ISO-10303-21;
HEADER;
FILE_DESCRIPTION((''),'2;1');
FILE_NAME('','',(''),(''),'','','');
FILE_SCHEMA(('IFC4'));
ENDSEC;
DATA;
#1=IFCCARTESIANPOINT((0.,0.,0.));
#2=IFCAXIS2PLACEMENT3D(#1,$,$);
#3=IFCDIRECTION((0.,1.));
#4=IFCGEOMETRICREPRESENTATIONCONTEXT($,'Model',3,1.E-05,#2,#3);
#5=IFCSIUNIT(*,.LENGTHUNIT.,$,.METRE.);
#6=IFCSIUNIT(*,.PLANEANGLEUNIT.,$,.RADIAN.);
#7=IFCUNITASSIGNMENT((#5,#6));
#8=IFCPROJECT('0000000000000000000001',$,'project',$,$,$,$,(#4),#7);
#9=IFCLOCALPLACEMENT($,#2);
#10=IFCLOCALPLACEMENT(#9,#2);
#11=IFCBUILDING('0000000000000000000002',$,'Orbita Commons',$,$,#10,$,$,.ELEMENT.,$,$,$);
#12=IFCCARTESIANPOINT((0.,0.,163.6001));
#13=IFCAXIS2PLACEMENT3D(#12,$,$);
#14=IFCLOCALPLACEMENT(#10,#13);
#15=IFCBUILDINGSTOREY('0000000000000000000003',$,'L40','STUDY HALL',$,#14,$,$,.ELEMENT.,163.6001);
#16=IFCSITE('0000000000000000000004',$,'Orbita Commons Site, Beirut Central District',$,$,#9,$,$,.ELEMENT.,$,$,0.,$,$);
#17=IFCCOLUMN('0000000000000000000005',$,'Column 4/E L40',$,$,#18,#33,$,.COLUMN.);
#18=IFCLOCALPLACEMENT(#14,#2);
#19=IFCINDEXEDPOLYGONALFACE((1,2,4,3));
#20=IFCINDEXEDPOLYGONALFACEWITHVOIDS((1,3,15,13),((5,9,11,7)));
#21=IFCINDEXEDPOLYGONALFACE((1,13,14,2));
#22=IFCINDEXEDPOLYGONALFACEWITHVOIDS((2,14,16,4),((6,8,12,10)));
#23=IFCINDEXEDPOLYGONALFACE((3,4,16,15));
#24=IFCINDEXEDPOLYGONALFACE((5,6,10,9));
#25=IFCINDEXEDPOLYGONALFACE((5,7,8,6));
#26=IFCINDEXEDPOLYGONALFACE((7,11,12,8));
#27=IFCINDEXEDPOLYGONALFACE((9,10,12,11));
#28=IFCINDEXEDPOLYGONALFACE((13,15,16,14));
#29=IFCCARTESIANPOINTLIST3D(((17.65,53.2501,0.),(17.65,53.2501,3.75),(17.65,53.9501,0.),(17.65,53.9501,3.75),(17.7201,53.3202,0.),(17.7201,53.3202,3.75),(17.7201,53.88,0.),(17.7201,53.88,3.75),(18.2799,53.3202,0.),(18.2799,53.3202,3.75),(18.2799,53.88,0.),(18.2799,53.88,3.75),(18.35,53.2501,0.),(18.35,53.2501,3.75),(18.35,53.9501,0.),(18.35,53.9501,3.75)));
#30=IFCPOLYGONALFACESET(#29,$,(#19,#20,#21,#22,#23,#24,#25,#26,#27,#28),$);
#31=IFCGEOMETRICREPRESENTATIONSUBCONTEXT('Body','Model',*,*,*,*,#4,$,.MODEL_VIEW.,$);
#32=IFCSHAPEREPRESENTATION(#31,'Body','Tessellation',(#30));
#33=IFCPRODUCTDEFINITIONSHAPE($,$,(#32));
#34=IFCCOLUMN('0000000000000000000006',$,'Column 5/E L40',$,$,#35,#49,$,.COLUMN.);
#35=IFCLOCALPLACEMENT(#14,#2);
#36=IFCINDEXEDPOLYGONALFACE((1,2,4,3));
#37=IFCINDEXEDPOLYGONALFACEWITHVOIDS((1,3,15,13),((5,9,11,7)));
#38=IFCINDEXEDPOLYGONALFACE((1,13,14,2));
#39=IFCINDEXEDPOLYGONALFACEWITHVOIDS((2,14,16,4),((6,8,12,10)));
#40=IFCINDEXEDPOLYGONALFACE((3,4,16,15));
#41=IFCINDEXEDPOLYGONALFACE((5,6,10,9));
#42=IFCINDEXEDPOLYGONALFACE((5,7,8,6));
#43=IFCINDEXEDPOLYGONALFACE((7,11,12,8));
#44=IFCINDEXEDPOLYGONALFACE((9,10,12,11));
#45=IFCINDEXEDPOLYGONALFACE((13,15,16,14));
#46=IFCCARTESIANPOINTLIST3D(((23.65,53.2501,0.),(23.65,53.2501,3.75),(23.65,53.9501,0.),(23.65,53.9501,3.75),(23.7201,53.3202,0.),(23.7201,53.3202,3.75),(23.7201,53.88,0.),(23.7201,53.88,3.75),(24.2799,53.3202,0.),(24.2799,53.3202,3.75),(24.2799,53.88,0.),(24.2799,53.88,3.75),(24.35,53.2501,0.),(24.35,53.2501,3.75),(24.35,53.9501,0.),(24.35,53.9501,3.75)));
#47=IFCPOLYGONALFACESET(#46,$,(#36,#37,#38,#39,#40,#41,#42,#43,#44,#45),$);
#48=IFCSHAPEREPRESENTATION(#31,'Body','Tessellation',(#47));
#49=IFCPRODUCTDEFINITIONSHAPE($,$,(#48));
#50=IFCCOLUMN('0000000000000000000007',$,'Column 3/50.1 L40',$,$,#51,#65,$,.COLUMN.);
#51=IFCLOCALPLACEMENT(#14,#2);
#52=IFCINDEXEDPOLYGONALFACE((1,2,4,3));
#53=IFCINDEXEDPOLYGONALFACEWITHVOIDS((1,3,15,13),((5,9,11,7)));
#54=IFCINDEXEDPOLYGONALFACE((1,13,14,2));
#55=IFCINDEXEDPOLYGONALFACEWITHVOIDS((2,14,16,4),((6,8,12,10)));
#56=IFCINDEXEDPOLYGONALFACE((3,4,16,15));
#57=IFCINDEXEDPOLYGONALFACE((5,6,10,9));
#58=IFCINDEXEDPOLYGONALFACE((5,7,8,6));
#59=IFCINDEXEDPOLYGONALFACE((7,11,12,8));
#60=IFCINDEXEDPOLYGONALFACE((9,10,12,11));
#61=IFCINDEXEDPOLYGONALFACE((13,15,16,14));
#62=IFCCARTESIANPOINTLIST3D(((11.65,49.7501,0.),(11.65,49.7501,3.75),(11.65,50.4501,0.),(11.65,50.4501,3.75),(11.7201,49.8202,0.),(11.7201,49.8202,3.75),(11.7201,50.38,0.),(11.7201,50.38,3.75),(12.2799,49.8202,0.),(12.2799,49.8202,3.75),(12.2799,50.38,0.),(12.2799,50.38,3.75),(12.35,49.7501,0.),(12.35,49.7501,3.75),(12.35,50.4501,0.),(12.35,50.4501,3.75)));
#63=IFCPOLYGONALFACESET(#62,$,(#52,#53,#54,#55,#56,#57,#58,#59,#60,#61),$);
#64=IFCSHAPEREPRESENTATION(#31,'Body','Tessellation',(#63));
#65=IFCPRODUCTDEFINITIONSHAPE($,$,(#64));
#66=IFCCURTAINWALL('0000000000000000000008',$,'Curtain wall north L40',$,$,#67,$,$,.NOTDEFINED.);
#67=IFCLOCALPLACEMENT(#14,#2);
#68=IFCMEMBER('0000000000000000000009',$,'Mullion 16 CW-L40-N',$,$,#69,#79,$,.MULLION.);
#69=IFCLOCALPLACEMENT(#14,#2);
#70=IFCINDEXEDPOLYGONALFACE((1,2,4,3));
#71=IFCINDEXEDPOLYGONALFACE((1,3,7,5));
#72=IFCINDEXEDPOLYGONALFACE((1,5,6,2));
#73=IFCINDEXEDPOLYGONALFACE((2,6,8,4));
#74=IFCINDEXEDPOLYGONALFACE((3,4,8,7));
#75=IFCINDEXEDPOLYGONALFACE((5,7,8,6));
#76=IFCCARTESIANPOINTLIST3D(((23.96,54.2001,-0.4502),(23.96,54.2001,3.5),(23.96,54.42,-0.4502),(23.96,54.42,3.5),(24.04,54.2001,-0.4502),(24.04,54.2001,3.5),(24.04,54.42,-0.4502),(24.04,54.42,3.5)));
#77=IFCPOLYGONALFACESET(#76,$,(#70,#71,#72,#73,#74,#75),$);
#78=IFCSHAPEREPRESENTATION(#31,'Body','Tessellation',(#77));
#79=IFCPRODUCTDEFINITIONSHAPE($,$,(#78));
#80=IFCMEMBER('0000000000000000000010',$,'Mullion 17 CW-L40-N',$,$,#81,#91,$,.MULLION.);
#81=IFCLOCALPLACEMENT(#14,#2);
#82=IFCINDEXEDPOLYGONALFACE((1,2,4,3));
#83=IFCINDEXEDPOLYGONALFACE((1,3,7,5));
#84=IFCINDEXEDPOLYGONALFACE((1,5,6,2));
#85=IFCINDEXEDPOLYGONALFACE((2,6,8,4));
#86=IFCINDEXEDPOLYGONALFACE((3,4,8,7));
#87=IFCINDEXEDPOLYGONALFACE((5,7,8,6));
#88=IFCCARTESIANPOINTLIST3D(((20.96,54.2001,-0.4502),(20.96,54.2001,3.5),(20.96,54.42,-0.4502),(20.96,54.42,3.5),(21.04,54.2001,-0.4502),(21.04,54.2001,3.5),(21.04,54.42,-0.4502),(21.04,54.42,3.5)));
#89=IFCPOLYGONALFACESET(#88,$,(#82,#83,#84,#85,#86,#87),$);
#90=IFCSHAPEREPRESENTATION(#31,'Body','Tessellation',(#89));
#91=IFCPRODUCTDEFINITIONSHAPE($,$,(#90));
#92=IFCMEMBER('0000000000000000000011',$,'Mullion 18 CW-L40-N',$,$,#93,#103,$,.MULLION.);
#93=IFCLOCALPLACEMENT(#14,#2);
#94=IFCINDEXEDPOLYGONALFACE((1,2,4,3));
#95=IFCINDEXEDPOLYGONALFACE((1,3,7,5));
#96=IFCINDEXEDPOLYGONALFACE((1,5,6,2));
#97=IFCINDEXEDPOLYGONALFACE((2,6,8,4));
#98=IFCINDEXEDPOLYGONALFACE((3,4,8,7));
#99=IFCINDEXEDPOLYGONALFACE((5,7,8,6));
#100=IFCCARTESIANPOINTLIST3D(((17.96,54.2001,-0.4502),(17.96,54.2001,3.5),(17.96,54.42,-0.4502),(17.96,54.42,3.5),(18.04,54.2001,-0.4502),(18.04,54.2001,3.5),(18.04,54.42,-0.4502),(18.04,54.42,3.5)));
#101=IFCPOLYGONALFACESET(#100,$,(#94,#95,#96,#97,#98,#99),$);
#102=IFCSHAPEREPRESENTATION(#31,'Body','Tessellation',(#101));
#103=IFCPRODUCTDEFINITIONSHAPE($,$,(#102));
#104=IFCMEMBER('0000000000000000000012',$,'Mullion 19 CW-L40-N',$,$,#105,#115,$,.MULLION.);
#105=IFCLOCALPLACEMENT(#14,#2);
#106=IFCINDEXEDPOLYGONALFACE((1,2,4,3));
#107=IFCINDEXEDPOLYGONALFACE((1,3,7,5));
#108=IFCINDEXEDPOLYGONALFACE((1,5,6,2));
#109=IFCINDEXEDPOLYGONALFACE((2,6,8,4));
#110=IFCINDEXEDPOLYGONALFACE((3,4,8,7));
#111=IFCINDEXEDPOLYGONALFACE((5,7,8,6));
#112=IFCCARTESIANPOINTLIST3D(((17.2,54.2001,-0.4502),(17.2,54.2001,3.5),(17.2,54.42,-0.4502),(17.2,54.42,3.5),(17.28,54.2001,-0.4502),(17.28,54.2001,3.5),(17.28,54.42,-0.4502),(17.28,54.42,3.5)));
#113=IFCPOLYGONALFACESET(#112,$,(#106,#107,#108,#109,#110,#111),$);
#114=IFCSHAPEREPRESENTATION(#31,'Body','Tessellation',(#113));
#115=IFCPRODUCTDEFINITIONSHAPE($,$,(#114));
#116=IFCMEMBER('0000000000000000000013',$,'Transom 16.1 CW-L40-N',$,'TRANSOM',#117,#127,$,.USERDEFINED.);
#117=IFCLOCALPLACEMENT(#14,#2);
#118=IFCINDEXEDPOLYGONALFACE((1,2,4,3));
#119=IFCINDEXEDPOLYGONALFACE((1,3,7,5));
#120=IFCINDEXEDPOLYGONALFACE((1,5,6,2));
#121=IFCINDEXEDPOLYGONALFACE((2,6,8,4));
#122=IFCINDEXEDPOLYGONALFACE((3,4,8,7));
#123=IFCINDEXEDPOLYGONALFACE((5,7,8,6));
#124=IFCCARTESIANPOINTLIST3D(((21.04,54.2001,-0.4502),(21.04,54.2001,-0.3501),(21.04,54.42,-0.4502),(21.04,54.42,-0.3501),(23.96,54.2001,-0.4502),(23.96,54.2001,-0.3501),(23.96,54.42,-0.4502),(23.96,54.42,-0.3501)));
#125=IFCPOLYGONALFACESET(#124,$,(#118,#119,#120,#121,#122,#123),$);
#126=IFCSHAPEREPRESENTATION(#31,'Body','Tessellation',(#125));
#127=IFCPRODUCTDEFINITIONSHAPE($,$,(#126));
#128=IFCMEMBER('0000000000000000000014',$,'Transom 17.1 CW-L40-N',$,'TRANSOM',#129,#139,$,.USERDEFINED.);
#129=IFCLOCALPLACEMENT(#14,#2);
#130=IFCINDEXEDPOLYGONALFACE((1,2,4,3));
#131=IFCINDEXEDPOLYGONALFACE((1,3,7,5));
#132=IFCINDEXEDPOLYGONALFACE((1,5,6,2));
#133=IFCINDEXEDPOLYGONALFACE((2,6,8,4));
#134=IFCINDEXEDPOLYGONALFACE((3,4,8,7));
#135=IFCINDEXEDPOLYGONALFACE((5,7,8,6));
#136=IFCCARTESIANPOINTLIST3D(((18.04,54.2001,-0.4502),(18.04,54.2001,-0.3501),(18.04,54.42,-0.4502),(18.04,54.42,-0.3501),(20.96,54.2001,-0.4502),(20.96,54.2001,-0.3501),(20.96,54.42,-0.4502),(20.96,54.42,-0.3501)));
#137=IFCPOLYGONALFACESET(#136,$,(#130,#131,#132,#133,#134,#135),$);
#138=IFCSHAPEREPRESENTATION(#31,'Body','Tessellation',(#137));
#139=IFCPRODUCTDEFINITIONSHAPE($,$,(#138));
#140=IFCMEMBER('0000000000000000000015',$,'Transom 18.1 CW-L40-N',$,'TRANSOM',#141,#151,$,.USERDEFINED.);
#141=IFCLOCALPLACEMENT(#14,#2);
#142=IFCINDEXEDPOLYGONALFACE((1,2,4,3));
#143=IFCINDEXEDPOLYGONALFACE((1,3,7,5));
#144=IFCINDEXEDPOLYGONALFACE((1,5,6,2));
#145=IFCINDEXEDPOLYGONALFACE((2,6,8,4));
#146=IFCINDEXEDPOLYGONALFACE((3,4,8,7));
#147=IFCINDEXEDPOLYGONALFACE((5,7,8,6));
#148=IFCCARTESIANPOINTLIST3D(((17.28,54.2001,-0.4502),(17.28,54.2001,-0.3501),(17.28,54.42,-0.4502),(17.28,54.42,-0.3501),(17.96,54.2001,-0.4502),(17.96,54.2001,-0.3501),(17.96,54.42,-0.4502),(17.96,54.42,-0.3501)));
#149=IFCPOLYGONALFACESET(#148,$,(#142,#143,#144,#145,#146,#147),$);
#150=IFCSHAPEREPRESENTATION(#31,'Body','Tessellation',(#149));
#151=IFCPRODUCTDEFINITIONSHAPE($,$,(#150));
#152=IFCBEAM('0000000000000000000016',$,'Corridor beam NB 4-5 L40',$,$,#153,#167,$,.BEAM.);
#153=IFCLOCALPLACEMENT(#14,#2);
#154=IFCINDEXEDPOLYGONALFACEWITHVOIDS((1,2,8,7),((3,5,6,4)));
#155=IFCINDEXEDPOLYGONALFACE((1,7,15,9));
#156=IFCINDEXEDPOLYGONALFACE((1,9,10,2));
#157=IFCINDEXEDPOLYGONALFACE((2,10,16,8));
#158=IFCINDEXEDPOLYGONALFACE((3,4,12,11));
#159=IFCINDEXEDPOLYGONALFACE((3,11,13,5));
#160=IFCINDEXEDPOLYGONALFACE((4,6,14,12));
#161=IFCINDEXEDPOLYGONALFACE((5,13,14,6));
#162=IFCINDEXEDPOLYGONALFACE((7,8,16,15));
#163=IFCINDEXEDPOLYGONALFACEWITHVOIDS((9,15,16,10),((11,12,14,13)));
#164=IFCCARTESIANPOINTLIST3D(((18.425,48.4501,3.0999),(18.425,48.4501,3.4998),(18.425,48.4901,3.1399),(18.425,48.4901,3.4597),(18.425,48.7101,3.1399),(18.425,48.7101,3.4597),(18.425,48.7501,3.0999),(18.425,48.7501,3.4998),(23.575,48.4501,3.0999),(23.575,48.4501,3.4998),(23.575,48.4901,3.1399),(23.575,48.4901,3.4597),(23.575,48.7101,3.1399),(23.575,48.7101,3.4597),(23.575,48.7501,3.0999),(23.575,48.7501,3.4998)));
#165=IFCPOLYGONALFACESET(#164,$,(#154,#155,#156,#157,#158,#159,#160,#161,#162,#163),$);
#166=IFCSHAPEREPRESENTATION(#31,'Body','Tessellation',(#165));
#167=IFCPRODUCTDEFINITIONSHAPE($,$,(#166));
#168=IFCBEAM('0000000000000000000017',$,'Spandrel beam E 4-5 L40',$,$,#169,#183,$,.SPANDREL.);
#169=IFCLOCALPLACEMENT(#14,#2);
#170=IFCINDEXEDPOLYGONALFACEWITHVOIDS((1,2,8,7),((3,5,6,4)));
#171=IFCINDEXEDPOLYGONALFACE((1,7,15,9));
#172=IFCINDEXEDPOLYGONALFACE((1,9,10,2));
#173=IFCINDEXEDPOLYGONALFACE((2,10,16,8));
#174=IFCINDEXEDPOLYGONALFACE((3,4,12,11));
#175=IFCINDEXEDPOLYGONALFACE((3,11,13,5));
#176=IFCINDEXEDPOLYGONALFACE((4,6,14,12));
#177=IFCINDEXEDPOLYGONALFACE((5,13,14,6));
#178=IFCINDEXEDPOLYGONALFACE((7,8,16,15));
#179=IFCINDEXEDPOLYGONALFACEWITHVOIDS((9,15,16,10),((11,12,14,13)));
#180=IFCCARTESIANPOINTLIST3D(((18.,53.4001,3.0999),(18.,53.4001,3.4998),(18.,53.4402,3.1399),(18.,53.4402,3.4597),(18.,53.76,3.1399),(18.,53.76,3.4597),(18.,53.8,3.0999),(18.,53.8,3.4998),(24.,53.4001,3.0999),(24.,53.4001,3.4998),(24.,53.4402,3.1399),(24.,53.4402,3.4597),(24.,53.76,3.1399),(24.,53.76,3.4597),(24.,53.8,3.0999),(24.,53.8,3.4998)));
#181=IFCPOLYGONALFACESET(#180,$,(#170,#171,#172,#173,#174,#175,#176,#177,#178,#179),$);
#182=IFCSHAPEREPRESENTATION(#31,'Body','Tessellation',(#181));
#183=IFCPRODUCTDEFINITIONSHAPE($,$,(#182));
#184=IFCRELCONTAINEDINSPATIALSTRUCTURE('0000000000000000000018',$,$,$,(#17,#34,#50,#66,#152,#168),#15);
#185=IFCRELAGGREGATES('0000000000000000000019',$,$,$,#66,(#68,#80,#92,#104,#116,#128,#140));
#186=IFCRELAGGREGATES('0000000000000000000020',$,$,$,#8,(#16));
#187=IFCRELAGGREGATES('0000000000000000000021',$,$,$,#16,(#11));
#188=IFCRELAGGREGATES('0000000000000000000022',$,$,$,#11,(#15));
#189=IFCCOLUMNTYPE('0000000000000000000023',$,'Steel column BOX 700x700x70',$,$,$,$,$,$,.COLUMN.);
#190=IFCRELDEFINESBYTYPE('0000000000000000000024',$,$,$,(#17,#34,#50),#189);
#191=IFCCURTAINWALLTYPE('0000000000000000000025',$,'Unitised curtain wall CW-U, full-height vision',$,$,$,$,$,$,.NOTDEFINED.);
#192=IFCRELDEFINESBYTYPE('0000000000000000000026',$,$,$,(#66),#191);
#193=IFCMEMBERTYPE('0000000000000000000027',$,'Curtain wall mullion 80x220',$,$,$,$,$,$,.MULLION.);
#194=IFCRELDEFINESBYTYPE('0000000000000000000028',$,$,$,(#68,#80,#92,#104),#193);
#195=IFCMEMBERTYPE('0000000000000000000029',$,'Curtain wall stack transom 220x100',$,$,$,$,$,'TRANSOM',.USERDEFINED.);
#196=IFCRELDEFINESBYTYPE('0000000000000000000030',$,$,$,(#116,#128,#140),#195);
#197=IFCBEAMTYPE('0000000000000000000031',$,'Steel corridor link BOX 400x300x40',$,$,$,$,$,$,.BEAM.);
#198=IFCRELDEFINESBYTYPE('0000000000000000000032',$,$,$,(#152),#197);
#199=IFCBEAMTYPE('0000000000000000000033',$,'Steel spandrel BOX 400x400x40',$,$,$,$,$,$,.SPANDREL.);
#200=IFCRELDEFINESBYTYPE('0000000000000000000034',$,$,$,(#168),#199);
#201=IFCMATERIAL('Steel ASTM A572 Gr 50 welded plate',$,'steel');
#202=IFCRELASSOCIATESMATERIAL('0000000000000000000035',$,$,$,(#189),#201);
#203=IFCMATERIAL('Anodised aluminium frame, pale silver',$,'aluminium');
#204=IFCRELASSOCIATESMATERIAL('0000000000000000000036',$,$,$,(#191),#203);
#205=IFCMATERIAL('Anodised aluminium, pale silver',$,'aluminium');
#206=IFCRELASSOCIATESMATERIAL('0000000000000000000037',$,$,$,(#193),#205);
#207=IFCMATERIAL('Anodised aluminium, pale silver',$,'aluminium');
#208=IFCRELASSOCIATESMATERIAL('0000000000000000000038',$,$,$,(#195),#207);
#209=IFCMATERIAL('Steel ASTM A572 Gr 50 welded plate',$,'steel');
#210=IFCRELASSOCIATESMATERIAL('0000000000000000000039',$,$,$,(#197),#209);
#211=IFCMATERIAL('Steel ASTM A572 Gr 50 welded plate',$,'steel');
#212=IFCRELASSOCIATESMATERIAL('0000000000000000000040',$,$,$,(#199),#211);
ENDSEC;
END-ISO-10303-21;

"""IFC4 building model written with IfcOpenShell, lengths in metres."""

from ifc_helpers import new_model, si_unit, direction, frame, origin, origin_2d, place, context, subcontext, project, spatial, rectangle, hollow_rectangle, extrude, material, material_profile, profile_set, type_object, element, aggregate, save


model = new_model("IFC4")

# Units and contexts
model_context = context("Model", 3, precision=1e-05, world=origin(), true_north=direction((0.0, 1.0)))
body_context = subcontext(model_context, "Body", "Model", "MODEL_VIEW")
ifc_project = project(units=[si_unit("LENGTHUNIT", "METRE"), si_unit("PLANEANGLEUNIT", "RADIAN")], contexts=[model_context])

# Site, building, storey
site_placement = place(None, origin())
site = spatial("IfcSite", under=ifc_project, at=site_placement, Name="Orbita Commons Site, Beirut Central District", CompositionType="ELEMENT", RefElevation=0.0)
building_placement = place(site_placement, origin())
building = spatial("IfcBuilding", under=site, at=building_placement, Name="Orbita Commons", CompositionType="ELEMENT")
storey_placement = place(building_placement, frame((0.0, 0.0, 163.6001)))
storey = spatial("IfcBuildingStorey", under=building, at=storey_placement, Name="L40", Description="STUDY HALL", CompositionType="ELEMENT", Elevation=163.6001)

# Columns
ifc_material_1 = material(Name="Steel ASTM A572 Gr 50 welded plate", Category="steel")
ifc_material_profile_1 = material_profile(ifc_material_1, hollow_rectangle(XDim=0.7, YDim=0.7, WallThickness=0.0701, at=origin_2d()), Name="BOX 700x700x70")
ifc_profile_set_1 = profile_set([ifc_material_profile_1], Name="Steel ASTM A572 Gr 50 welded plate")
column_type = type_object("IfcColumnType", Name="Steel column BOX 700x700x70", PredefinedType="COLUMN", material=ifc_profile_set_1)
for number, where, z_axis, x_axis, name in (
    (1, (18.0, 53.6001, 0.0), (0.0, 0.0, 1.0), (1.0, 0.0, 0.0), "Column 4/E L40"),
    (2, (24.0, 53.6001, 0.0), (0.0, 0.0, 1.0), (1.0, 0.0, 0.0), "Column 5/E L40"),
    (3, (12.0, 50.1001, 0.0), (0.0, 0.0, 1.0), (1.0, 0.0, 0.0), "Column 3/50.1 L40"),
):
    element("IfcColumn", number, at=place(storey_placement, frame(where, z_axis=z_axis, x_axis=x_axis)), inside=storey, type_object=column_type, Name=name, PredefinedType="COLUMN", context=body_context, shape_type="SweptSolid", body=[
        extrude(hollow_rectangle(XDim=0.7, YDim=0.7, WallThickness=0.0701, at=origin_2d()), origin(), (0.0, 0.0, 1.0), 3.75),
    ])

# Curtain wall, members
ifc_material_2 = material(Name="Anodised aluminium frame, pale silver", Category="aluminium")
curtain_wall_type = type_object("IfcCurtainWallType", Name="Unitised curtain wall CW-U, full-height vision", PredefinedType="NOTDEFINED", material=ifc_material_2)
curtain_wall_placement = place(storey_placement, origin())
curtain_wall = element("IfcCurtainWall", 4, at=curtain_wall_placement, inside=storey, type_object=curtain_wall_type, Name="Curtain wall north L40", PredefinedType="NOTDEFINED")
ifc_material_3 = material(Name="Anodised aluminium, pale silver", Category="aluminium")
ifc_material_profile_2 = material_profile(ifc_material_3, rectangle(XDim=0.0801, YDim=0.22, at=origin_2d()), Name="AL 80x220")
ifc_profile_set_2 = profile_set([ifc_material_profile_2], Name="Anodised aluminium, pale silver")
member_type_1 = type_object("IfcMemberType", Name="Curtain wall mullion 80x220", PredefinedType="MULLION", material=ifc_profile_set_2)
member_1_placement = place(storey_placement, frame((24.0, 54.3101, -0.4502), z_axis=(0.0, 0.0, 1.0), x_axis=(-1.0, 0.0, 0.0)))
member_1 = element("IfcMember", 5, at=member_1_placement, type_object=member_type_1, Name="Mullion 16 CW-L40-N", PredefinedType="MULLION", context=body_context, shape_type="SweptSolid", body=[
    extrude(rectangle(XDim=0.0801, YDim=0.22, at=origin_2d()), origin(), (0.0, 0.0, 1.0), 3.9502),
])
member_2_placement = place(storey_placement, frame((21.0, 54.3101, -0.4502), z_axis=(0.0, 0.0, 1.0), x_axis=(-1.0, 0.0, 0.0)))
member_2 = element("IfcMember", 6, at=member_2_placement, type_object=member_type_1, Name="Mullion 17 CW-L40-N", PredefinedType="MULLION", context=body_context, shape_type="SweptSolid", body=[
    extrude(rectangle(XDim=0.0801, YDim=0.22, at=origin_2d()), origin(), (0.0, 0.0, 1.0), 3.9502),
])
member_3_placement = place(storey_placement, frame((18.0, 54.3101, -0.4502), z_axis=(0.0, 0.0, 1.0), x_axis=(-1.0, 0.0, 0.0)))
member_3 = element("IfcMember", 7, at=member_3_placement, type_object=member_type_1, Name="Mullion 18 CW-L40-N", PredefinedType="MULLION", context=body_context, shape_type="SweptSolid", body=[
    extrude(rectangle(XDim=0.0801, YDim=0.22, at=origin_2d()), origin(), (0.0, 0.0, 1.0), 3.9502),
])
member_4_placement = place(storey_placement, frame((17.24, 54.3101, -0.4502), z_axis=(0.0, 0.0, 1.0), x_axis=(-1.0, 0.0, 0.0)))
member_4 = element("IfcMember", 8, at=member_4_placement, type_object=member_type_1, Name="Mullion 19 CW-L40-N", PredefinedType="MULLION", context=body_context, shape_type="SweptSolid", body=[
    extrude(rectangle(XDim=0.0801, YDim=0.22, at=origin_2d()), origin(), (0.0, 0.0, 1.0), 3.9502),
])
ifc_material_4 = material(Name="Anodised aluminium, pale silver", Category="aluminium")
ifc_material_profile_3 = material_profile(ifc_material_4, rectangle(XDim=0.22, YDim=0.1001, at=origin_2d()), Name="AL 220x100")
ifc_profile_set_3 = profile_set([ifc_material_profile_3], Name="Anodised aluminium, pale silver")
member_type_2 = type_object("IfcMemberType", Name="Curtain wall stack transom 220x100", ElementType="TRANSOM", PredefinedType="USERDEFINED", material=ifc_profile_set_3)
member_5_placement = place(storey_placement, frame((23.96, 54.3101, -0.4001), z_axis=(-1.0, 0.0, 0.0), x_axis=(0.0, -1.0, 0.0)))
member_5 = element("IfcMember", 9, at=member_5_placement, type_object=member_type_2, Name="Transom 16.1 CW-L40-N", ObjectType="TRANSOM", PredefinedType="USERDEFINED", context=body_context, shape_type="SweptSolid", body=[
    extrude(rectangle(XDim=0.22, YDim=0.1001, at=origin_2d()), origin(), (0.0, 0.0, 1.0), 2.9199),
])
member_6_placement = place(storey_placement, frame((20.96, 54.3101, -0.4001), z_axis=(-1.0, 0.0, 0.0), x_axis=(0.0, -1.0, 0.0)))
member_6 = element("IfcMember", 10, at=member_6_placement, type_object=member_type_2, Name="Transom 17.1 CW-L40-N", ObjectType="TRANSOM", PredefinedType="USERDEFINED", context=body_context, shape_type="SweptSolid", body=[
    extrude(rectangle(XDim=0.22, YDim=0.1001, at=origin_2d()), origin(), (0.0, 0.0, 1.0), 2.9199),
])
member_7_placement = place(storey_placement, frame((17.96, 54.3101, -0.4001), z_axis=(-1.0, 0.0, 0.0), x_axis=(0.0, -1.0, 0.0)))
member_7 = element("IfcMember", 11, at=member_7_placement, type_object=member_type_2, Name="Transom 18.1 CW-L40-N", ObjectType="TRANSOM", PredefinedType="USERDEFINED", context=body_context, shape_type="SweptSolid", body=[
    extrude(rectangle(XDim=0.22, YDim=0.1001, at=origin_2d()), origin(), (0.0, 0.0, 1.0), 0.6799),
])

# Beams
ifc_material_5 = material(Name="Steel ASTM A572 Gr 50 welded plate", Category="steel")
ifc_material_profile_4 = material_profile(ifc_material_5, hollow_rectangle(XDim=0.3, YDim=0.3999, WallThickness=0.04, at=origin_2d()), Name="BOX 400x300x40")
ifc_profile_set_4 = profile_set([ifc_material_profile_4], Name="Steel ASTM A572 Gr 50 welded plate")
beam_type_1 = type_object("IfcBeamType", Name="Steel corridor link BOX 400x300x40", PredefinedType="BEAM", material=ifc_profile_set_4)
beam_placement = place(storey_placement, frame((18.425, 48.6001, 3.2998), z_axis=(1.0, 0.0, 0.0), x_axis=(0.0, 1.0, 0.0)))
element("IfcBeam", 12, at=beam_placement, inside=storey, type_object=beam_type_1, Name="Corridor beam NB 4-5 L40", PredefinedType="BEAM", context=body_context, shape_type="SweptSolid", body=[
    extrude(hollow_rectangle(XDim=0.3, YDim=0.3999, WallThickness=0.04, at=origin_2d()), origin(), (0.0, 0.0, 1.0), 5.1499),
])
ifc_material_6 = material(Name="Steel ASTM A572 Gr 50 welded plate", Category="steel")
ifc_material_profile_5 = material_profile(ifc_material_6, hollow_rectangle(XDim=0.3999, YDim=0.3999, WallThickness=0.04, at=origin_2d()), Name="BOX 400x400x40")
ifc_profile_set_5 = profile_set([ifc_material_profile_5], Name="Steel ASTM A572 Gr 50 welded plate")
beam_type_2 = type_object("IfcBeamType", Name="Steel spandrel BOX 400x400x40", PredefinedType="SPANDREL", material=ifc_profile_set_5)
for number, where, z_axis, x_axis, name in (
    (13, (18.0, 53.6001, 3.2998), (1.0, 0.0, 0.0), (0.0, 1.0, 0.0), "Spandrel beam E 4-5 L40"),
):
    element("IfcBeam", number, at=place(storey_placement, frame(where, z_axis=z_axis, x_axis=x_axis)), inside=storey, type_object=beam_type_2, Name=name, PredefinedType="SPANDREL", context=body_context, shape_type="SweptSolid", body=[
        extrude(hollow_rectangle(XDim=0.3999, YDim=0.3999, WallThickness=0.04, at=origin_2d()), origin(), (0.0, 0.0, 1.0), 6.0),
    ])

aggregate(curtain_wall, [member_1, member_2, member_3, member_4, member_5, member_6, member_7])

save(model, "model.ifc")
